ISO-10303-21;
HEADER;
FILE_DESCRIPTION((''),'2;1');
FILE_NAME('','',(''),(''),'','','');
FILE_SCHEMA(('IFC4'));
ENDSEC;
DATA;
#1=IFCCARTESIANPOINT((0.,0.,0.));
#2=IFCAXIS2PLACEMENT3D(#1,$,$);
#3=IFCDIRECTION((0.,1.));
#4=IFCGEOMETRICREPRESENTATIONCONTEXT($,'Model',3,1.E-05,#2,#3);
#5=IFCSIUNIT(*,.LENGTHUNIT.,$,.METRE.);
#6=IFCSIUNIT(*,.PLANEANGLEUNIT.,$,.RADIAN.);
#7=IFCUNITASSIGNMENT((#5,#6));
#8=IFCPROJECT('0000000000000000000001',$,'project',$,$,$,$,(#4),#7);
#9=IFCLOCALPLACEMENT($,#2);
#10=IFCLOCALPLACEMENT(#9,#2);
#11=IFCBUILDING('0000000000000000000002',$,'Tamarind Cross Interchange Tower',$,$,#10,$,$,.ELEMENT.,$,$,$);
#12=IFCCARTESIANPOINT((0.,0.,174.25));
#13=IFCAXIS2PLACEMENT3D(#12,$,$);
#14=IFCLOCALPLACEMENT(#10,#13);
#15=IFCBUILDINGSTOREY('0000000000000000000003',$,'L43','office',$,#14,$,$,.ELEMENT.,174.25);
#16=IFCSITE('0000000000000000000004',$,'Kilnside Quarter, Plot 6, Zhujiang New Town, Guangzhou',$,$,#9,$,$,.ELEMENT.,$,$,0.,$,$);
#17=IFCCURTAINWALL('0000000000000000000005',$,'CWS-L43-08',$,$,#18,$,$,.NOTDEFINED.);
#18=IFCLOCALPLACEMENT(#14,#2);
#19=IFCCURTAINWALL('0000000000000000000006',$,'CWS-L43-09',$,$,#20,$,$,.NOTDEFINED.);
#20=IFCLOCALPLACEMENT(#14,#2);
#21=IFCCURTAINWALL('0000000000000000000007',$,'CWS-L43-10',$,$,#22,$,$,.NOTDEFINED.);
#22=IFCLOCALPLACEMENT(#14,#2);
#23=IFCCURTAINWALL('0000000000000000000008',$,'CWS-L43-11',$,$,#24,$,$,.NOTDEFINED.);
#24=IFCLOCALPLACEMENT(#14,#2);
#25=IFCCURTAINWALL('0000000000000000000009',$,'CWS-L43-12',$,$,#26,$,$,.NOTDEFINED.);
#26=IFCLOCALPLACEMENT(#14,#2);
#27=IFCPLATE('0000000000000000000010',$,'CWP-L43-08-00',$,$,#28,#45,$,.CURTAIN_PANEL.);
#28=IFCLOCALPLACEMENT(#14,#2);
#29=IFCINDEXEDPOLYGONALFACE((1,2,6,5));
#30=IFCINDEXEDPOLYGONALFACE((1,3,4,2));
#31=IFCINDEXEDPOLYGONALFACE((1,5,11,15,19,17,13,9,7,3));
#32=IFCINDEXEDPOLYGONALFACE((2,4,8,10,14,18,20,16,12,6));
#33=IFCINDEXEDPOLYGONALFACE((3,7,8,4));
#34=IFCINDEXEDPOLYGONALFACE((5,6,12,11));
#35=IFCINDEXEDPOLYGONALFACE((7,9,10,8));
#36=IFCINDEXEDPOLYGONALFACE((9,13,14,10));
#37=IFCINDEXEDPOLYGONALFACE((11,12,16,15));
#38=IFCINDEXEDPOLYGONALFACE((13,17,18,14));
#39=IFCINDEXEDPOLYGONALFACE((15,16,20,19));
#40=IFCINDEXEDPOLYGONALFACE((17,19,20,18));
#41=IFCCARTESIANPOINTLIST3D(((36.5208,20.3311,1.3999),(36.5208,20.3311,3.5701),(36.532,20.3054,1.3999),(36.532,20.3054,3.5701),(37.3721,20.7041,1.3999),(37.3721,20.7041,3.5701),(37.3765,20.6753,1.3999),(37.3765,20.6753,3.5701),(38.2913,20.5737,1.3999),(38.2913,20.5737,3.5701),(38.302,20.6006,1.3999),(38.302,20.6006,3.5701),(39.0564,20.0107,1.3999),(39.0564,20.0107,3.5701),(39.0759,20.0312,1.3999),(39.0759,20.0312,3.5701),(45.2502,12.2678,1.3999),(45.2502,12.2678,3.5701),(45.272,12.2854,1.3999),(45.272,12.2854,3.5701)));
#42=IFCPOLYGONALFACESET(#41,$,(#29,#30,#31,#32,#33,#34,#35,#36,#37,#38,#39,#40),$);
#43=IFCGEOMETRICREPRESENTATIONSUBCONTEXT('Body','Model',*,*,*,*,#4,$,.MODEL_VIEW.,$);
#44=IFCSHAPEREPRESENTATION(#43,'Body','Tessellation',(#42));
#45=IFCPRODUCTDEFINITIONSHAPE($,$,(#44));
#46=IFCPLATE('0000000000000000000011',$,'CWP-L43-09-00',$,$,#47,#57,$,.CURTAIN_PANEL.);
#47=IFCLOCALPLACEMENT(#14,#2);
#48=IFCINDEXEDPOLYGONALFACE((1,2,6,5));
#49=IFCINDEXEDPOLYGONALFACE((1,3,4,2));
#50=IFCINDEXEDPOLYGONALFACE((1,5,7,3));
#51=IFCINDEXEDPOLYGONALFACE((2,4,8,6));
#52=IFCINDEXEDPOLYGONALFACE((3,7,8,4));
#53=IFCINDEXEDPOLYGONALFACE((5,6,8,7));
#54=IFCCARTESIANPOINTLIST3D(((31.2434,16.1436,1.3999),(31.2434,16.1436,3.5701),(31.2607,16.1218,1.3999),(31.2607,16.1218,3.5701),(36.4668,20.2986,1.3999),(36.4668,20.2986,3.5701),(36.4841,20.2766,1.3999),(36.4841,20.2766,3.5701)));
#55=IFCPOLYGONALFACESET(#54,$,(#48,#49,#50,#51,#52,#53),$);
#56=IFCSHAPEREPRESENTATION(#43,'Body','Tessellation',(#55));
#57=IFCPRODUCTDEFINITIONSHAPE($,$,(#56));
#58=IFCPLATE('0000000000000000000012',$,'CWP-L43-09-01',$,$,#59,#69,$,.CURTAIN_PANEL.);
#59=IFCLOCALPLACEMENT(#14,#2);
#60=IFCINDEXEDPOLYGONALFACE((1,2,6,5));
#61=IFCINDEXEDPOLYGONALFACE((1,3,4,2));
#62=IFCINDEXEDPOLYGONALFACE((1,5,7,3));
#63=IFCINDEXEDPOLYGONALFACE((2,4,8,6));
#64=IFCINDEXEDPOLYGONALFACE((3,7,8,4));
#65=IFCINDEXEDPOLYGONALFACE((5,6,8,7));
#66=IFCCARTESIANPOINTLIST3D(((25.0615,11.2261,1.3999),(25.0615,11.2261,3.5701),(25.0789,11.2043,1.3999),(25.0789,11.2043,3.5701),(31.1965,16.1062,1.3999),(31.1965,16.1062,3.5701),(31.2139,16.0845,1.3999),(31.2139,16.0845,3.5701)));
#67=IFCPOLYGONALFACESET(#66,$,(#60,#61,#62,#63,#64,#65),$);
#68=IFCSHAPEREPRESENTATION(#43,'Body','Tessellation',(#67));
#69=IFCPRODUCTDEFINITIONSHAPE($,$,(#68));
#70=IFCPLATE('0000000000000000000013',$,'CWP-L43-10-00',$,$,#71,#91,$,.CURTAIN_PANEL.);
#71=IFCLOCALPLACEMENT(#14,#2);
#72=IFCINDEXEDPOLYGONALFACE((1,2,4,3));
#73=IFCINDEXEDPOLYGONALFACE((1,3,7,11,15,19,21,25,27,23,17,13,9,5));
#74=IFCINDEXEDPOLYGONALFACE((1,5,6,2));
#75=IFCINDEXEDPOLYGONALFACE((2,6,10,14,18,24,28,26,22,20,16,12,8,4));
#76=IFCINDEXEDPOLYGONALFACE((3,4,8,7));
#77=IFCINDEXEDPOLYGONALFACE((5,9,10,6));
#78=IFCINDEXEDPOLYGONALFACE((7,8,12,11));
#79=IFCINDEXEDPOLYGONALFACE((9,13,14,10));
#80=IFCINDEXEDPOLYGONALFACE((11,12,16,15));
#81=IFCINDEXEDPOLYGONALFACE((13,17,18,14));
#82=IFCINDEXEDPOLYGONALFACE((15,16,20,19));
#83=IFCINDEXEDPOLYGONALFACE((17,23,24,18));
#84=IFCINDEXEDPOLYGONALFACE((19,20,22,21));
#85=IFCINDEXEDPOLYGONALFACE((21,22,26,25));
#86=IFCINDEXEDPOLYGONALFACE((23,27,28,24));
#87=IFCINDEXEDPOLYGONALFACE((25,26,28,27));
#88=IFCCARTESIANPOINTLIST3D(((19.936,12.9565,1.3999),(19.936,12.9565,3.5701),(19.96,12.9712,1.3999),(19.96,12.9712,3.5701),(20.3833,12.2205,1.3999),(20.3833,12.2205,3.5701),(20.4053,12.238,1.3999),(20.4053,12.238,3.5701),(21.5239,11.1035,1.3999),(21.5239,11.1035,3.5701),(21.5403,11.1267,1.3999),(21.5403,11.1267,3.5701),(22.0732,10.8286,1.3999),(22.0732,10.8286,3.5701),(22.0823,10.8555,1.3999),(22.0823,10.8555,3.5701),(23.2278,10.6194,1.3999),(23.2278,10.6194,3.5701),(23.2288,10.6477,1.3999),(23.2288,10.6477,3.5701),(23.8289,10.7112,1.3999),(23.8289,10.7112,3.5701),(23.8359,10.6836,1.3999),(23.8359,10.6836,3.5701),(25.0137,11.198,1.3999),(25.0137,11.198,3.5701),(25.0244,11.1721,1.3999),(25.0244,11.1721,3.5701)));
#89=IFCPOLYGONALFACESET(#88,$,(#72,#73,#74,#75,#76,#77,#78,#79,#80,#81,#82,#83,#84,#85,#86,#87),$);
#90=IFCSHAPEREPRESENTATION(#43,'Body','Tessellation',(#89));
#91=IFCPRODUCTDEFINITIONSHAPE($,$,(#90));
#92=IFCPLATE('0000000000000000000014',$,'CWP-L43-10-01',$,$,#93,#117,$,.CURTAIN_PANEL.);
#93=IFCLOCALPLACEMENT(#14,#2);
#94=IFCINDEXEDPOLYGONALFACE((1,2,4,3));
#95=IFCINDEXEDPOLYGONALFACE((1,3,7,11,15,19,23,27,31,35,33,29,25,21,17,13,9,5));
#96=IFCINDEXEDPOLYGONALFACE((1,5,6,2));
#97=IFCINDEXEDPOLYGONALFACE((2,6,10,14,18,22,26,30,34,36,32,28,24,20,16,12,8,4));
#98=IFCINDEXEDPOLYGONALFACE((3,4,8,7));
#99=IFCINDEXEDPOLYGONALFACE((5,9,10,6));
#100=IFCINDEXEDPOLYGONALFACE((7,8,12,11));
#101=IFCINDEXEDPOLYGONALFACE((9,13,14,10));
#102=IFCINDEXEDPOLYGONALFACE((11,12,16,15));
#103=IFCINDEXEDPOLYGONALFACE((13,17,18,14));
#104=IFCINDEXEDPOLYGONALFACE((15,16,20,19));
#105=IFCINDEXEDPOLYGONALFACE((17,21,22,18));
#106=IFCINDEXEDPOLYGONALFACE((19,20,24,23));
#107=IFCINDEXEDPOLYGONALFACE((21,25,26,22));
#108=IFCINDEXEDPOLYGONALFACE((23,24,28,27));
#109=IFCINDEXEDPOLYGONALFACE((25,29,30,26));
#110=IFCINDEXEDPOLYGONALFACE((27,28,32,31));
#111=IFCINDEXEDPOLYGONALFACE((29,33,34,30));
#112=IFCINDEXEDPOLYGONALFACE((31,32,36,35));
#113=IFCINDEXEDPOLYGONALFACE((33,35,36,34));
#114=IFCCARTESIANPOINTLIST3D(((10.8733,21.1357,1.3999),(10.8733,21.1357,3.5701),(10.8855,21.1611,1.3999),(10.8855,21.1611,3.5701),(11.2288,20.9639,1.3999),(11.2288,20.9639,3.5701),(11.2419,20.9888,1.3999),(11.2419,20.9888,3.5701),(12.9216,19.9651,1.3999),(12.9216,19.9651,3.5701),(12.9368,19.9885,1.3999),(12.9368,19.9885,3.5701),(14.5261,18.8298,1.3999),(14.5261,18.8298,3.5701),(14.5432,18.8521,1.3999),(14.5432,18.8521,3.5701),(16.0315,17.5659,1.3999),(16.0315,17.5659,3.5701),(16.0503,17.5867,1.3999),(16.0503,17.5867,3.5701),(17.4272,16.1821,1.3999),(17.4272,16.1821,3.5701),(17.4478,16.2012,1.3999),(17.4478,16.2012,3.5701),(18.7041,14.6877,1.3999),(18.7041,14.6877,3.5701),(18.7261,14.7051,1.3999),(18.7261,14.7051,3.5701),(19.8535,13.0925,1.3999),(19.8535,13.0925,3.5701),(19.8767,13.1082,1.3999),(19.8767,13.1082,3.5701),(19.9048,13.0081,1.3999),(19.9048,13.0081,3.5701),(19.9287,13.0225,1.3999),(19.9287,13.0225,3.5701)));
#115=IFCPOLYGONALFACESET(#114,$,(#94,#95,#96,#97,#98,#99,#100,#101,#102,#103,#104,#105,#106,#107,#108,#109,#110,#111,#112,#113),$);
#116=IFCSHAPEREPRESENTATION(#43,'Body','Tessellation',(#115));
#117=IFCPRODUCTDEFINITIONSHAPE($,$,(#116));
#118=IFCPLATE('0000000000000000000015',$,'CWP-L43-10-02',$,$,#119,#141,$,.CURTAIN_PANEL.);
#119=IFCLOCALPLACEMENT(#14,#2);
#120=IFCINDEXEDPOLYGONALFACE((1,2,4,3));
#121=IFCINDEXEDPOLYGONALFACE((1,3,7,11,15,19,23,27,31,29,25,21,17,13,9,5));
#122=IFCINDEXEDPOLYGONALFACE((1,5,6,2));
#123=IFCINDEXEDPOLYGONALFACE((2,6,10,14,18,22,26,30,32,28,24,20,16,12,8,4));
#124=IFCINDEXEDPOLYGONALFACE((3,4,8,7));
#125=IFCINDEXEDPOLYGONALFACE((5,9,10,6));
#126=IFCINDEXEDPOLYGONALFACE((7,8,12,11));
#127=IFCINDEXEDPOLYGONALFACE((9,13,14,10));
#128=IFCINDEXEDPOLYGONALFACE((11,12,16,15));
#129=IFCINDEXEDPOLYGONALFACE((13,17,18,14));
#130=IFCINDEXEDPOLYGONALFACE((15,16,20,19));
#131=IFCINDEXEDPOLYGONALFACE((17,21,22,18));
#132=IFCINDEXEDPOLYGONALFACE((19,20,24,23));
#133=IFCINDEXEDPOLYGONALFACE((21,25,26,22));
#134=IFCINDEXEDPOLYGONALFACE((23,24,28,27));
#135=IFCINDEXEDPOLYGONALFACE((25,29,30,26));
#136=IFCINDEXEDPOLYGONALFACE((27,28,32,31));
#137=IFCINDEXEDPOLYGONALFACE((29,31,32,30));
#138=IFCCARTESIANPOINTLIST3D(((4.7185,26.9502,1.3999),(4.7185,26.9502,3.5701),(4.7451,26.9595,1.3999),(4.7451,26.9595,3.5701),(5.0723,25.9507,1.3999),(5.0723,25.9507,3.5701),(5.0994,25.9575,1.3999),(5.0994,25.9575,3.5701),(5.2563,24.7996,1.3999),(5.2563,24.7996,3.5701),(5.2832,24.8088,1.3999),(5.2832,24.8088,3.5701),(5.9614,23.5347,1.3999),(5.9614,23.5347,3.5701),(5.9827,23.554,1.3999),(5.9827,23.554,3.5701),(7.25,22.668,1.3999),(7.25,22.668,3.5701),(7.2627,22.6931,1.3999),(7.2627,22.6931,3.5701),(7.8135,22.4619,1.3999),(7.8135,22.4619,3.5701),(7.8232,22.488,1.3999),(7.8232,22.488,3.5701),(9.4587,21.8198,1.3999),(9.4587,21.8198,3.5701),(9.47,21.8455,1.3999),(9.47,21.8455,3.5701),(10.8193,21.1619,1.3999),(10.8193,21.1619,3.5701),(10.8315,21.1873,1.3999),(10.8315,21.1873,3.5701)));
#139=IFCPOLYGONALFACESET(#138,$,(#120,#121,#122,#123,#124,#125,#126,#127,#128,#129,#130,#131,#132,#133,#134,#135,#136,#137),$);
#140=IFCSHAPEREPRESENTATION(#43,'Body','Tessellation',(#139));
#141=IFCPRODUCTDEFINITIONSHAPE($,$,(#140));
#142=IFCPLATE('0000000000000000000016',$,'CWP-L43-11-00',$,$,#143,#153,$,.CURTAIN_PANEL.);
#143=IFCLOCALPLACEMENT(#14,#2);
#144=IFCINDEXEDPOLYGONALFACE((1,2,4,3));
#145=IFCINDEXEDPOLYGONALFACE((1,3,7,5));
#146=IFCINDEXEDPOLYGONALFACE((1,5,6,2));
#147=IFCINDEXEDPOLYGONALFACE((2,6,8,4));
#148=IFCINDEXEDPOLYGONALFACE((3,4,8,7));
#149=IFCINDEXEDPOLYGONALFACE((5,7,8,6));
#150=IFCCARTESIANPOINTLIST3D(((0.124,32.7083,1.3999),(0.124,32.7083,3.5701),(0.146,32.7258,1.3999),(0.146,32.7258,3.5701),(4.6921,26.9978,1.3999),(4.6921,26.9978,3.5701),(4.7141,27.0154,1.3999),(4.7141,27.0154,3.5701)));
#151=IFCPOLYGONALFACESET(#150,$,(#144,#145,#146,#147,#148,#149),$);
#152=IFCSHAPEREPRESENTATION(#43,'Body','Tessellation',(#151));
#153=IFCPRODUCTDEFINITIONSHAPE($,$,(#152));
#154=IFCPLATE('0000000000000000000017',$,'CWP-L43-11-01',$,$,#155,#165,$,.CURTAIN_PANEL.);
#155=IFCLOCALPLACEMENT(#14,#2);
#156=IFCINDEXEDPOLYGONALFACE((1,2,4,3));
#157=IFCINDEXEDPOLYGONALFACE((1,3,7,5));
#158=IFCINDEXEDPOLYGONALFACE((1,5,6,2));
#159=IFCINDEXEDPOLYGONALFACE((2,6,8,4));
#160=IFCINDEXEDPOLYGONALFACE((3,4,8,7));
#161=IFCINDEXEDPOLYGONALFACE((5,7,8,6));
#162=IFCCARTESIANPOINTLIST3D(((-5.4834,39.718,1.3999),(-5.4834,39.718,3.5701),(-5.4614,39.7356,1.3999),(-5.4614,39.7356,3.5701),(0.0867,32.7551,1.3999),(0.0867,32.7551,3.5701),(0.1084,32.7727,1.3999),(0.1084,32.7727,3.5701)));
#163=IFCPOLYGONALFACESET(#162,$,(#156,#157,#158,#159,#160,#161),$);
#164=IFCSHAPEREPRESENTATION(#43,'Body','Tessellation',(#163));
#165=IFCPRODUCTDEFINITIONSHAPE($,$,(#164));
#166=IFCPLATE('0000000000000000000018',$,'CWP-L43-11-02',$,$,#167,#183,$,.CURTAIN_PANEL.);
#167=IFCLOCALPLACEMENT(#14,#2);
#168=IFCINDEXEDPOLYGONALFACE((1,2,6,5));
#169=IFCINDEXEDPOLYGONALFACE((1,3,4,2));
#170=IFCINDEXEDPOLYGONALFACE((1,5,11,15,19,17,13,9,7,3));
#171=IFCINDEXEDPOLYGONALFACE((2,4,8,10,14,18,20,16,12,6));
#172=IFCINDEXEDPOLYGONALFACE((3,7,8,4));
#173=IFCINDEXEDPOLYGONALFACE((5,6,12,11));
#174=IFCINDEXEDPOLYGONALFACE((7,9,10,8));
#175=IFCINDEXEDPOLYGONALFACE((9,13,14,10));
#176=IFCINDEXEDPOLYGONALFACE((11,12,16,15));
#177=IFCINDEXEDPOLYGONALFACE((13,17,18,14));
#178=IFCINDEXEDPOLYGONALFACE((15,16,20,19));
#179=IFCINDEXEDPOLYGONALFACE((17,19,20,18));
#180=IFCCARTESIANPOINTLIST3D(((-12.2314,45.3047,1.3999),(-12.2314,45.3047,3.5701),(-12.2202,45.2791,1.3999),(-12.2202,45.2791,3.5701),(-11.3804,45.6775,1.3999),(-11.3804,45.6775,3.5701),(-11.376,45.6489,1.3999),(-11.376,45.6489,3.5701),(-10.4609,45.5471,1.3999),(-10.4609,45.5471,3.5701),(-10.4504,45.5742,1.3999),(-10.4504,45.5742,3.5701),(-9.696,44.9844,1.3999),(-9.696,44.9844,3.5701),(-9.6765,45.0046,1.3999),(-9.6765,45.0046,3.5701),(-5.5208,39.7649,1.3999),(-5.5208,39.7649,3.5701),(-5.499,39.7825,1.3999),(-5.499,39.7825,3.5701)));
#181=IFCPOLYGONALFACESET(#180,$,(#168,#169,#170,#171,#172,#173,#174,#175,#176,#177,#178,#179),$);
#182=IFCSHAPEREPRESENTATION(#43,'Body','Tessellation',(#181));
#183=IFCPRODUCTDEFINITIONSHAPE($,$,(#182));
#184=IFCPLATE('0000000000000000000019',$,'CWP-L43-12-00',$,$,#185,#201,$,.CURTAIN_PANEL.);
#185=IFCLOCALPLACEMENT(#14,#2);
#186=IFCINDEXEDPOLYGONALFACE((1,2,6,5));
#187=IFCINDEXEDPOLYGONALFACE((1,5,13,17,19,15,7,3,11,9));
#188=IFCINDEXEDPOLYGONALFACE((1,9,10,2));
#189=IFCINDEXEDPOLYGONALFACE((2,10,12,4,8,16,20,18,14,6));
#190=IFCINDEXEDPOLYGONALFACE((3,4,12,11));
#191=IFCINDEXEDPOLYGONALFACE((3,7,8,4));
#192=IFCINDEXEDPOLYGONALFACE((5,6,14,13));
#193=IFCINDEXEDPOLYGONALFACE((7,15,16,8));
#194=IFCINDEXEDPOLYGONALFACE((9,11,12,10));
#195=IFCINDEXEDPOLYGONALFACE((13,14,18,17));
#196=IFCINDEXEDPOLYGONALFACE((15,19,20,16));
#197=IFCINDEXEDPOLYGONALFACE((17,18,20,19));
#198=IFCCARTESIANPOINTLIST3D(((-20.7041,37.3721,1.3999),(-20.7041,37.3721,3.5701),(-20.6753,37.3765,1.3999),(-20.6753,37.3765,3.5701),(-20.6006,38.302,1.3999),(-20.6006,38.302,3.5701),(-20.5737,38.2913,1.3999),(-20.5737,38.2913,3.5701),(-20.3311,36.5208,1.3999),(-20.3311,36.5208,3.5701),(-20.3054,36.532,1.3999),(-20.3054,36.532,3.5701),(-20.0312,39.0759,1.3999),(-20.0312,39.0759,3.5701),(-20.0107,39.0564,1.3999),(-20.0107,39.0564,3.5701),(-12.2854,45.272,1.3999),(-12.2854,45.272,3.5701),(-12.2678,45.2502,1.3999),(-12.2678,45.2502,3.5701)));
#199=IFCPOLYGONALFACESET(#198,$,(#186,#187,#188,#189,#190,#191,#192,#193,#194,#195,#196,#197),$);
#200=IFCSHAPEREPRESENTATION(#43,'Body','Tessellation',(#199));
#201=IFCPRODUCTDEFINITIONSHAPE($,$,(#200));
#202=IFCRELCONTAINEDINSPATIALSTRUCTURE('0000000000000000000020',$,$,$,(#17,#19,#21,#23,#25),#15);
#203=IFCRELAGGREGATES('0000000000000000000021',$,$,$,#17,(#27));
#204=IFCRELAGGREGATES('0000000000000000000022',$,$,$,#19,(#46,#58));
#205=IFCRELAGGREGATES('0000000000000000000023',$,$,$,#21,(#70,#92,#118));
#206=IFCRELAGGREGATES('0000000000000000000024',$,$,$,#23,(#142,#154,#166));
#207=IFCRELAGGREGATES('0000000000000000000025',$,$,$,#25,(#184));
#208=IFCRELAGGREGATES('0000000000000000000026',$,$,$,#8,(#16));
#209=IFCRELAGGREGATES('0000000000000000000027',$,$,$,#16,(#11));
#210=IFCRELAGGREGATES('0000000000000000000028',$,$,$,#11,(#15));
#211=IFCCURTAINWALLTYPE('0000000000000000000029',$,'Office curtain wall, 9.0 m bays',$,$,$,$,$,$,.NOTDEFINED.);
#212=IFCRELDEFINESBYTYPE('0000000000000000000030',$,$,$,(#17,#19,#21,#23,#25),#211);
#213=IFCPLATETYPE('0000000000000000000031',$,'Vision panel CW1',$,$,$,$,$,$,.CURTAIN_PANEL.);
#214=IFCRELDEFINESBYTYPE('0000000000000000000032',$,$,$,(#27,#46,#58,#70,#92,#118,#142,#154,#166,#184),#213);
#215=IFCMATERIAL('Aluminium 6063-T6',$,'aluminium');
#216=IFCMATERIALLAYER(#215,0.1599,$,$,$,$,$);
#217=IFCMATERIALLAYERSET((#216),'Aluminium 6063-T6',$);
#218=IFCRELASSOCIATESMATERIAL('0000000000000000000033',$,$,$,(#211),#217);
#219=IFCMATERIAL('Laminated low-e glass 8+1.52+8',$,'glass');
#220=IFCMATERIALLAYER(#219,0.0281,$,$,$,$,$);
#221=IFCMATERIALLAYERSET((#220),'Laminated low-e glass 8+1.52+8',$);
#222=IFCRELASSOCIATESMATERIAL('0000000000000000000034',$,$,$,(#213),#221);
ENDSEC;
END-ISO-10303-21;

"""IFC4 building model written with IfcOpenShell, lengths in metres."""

from ifc_helpers import new_model, si_unit, direction, frame, origin, place, context, subcontext, project, spatial, polyline, outline, extrude, material, layer, layer_set, type_object, element, aggregate, save


model = new_model("IFC4")

# Units and contexts
model_context = context("Model", 3, precision=1e-05, world=origin(), true_north=direction((0.0, 1.0)))
body_context = subcontext(model_context, "Body", "Model", "MODEL_VIEW")
ifc_project = project(units=[si_unit("LENGTHUNIT", "METRE"), si_unit("PLANEANGLEUNIT", "RADIAN")], contexts=[model_context])

# Site, building, storey
site_placement = place(None, origin())
site = spatial("IfcSite", under=ifc_project, at=site_placement, Name="Kilnside Quarter, Plot 6, Zhujiang New Town, Guangzhou", CompositionType="ELEMENT", RefElevation=0.0)
building_placement = place(site_placement, origin())
building = spatial("IfcBuilding", under=site, at=building_placement, Name="Tamarind Cross Interchange Tower", CompositionType="ELEMENT")
storey_placement = place(building_placement, frame((0.0, 0.0, 174.25)))
storey = spatial("IfcBuildingStorey", under=building, at=storey_placement, Name="L43", Description="office", CompositionType="ELEMENT", Elevation=174.25)

# Curtain walls
ifc_material_1 = material(Name="Aluminium 6063-T6", Category="aluminium")
ifc_layer_1 = layer(ifc_material_1, 0.1599)
ifc_layer_set_1 = layer_set([ifc_layer_1], Name="Aluminium 6063-T6")
curtain_wall_type = type_object("IfcCurtainWallType", Name="Office curtain wall, 9.0 m bays", PredefinedType="NOTDEFINED", material=ifc_layer_set_1)
curtain_wall_1_placement = place(storey_placement, origin())
curtain_wall_1 = element("IfcCurtainWall", 1, at=curtain_wall_1_placement, inside=storey, type_object=curtain_wall_type, Name="CWS-L43-08", PredefinedType="NOTDEFINED")
curtain_wall_2_placement = place(storey_placement, origin())
curtain_wall_2 = element("IfcCurtainWall", 2, at=curtain_wall_2_placement, inside=storey, type_object=curtain_wall_type, Name="CWS-L43-09", PredefinedType="NOTDEFINED")
curtain_wall_3_placement = place(storey_placement, origin())
curtain_wall_3 = element("IfcCurtainWall", 3, at=curtain_wall_3_placement, inside=storey, type_object=curtain_wall_type, Name="CWS-L43-10", PredefinedType="NOTDEFINED")
curtain_wall_4_placement = place(storey_placement, origin())
curtain_wall_4 = element("IfcCurtainWall", 4, at=curtain_wall_4_placement, inside=storey, type_object=curtain_wall_type, Name="CWS-L43-11", PredefinedType="NOTDEFINED")
curtain_wall_5_placement = place(storey_placement, origin())
curtain_wall_5 = element("IfcCurtainWall", 5, at=curtain_wall_5_placement, inside=storey, type_object=curtain_wall_type, Name="CWS-L43-12", PredefinedType="NOTDEFINED")

# Plates
ifc_material_2 = material(Name="Laminated low-e glass 8+1.52+8", Category="glass")
ifc_layer_2 = layer(ifc_material_2, 0.0281)
ifc_layer_set_2 = layer_set([ifc_layer_2], Name="Laminated low-e glass 8+1.52+8")
plate_type = type_object("IfcPlateType", Name="Vision panel CW1", PredefinedType="CURTAIN_PANEL", material=ifc_layer_set_2)
plate_1_placement = place(storey_placement, frame((0.0, 0.0, 1.3999)))
plate_1 = element("IfcPlate", 6, at=plate_1_placement, type_object=plate_type, Name="CWP-L43-08-00", PredefinedType="CURTAIN_PANEL", context=body_context, shape_type="SweptSolid", body=[
    extrude(outline(polyline([(45.2502, 12.2678), (39.0564, 20.0107), (38.2913, 20.5737), (37.3765, 20.6753), (36.532, 20.3054), (36.5208, 20.3311), (37.3721, 20.7041), (38.302, 20.6006), (39.0759, 20.0312), (45.272, 12.2854), (45.2502, 12.2678)])), origin(), (0.0, 0.0, 1.0), 2.1702),
])
aggregate(curtain_wall_1, [plate_1])
plate_2_placement = place(storey_placement, frame((0.0, 0.0, 1.3999)))
plate_2 = element("IfcPlate", 7, at=plate_2_placement, type_object=plate_type, Name="CWP-L43-09-00", PredefinedType="CURTAIN_PANEL", context=body_context, shape_type="SweptSolid", body=[
    extrude(outline(polyline([(36.4841, 20.2766), (31.2607, 16.1218), (31.2434, 16.1436), (36.4668, 20.2986), (36.4841, 20.2766)])), origin(), (0.0, 0.0, 1.0), 2.1702),
])
plate_3_placement = place(storey_placement, frame((0.0, 0.0, 1.3999)))
plate_3 = element("IfcPlate", 8, at=plate_3_placement, type_object=plate_type, Name="CWP-L43-09-01", PredefinedType="CURTAIN_PANEL", context=body_context, shape_type="SweptSolid", body=[
    extrude(outline(polyline([(31.2139, 16.0845), (25.0789, 11.2043), (25.0615, 11.2261), (31.1965, 16.1062), (31.2139, 16.0845)])), origin(), (0.0, 0.0, 1.0), 2.1702),
])
aggregate(curtain_wall_2, [plate_2, plate_3])
plate_4_placement = place(storey_placement, frame((0.0, 0.0, 1.3999)))
plate_4 = element("IfcPlate", 9, at=plate_4_placement, type_object=plate_type, Name="CWP-L43-10-00", PredefinedType="CURTAIN_PANEL", context=body_context, shape_type="SweptSolid", body=[
    extrude(outline(polyline([(25.0244, 11.1721), (23.8359, 10.6836), (23.2278, 10.6194), (22.0732, 10.8286), (21.5239, 11.1035), (20.3833, 12.2205), (19.936, 12.9565), (19.96, 12.9712), (20.4053, 12.238), (21.5403, 11.1267), (22.0823, 10.8555), (23.2288, 10.6477), (23.8289, 10.7112), (25.0137, 11.198), (25.0244, 11.1721)])), origin(), (0.0, 0.0, 1.0), 2.1702),
])
plate_5_placement = place(storey_placement, frame((0.0, 0.0, 1.3999)))
plate_5 = element("IfcPlate", 10, at=plate_5_placement, type_object=plate_type, Name="CWP-L43-10-01", PredefinedType="CURTAIN_PANEL", context=body_context, shape_type="SweptSolid", body=[
    extrude(outline(polyline([(19.9048, 13.0081), (19.8535, 13.0925), (18.7041, 14.6877), (17.4272, 16.1821), (16.0315, 17.5659), (14.5261, 18.8298), (12.9216, 19.9651), (11.2288, 20.9639), (10.8733, 21.1357), (10.8855, 21.1611), (11.2419, 20.9888), (12.9368, 19.9885), (14.5432, 18.8521), (16.0503, 17.5867), (17.4478, 16.2012), (18.7261, 14.7051), (19.8767, 13.1082), (19.9287, 13.0225), (19.9048, 13.0081)])), origin(), (0.0, 0.0, 1.0), 2.1702),
])
plate_6_placement = place(storey_placement, frame((0.0, 0.0, 1.3999)))
plate_6 = element("IfcPlate", 11, at=plate_6_placement, type_object=plate_type, Name="CWP-L43-10-02", PredefinedType="CURTAIN_PANEL", context=body_context, shape_type="SweptSolid", body=[
    extrude(outline(polyline([(10.8193, 21.1619), (9.4587, 21.8198), (7.8135, 22.4619), (7.25, 22.668), (5.9614, 23.5347), (5.2563, 24.7996), (5.0723, 25.9507), (4.7185, 26.9502), (4.7451, 26.9595), (5.0994, 25.9575), (5.2832, 24.8088), (5.9827, 23.554), (7.2627, 22.6931), (7.8232, 22.488), (9.47, 21.8455), (10.8315, 21.1873), (10.8193, 21.1619)])), origin(), (0.0, 0.0, 1.0), 2.1702),
])
aggregate(curtain_wall_3, [plate_4, plate_5, plate_6])
plate_7_placement = place(storey_placement, frame((0.0, 0.0, 1.3999)))
plate_7 = element("IfcPlate", 12, at=plate_7_placement, type_object=plate_type, Name="CWP-L43-11-00", PredefinedType="CURTAIN_PANEL", context=body_context, shape_type="SweptSolid", body=[
    extrude(outline(polyline([(4.6921, 26.9978), (0.124, 32.7083), (0.146, 32.7258), (4.7141, 27.0154), (4.6921, 26.9978)])), origin(), (0.0, 0.0, 1.0), 2.1702),
])
plate_8_placement = place(storey_placement, frame((0.0, 0.0, 1.3999)))
plate_8 = element("IfcPlate", 13, at=plate_8_placement, type_object=plate_type, Name="CWP-L43-11-01", PredefinedType="CURTAIN_PANEL", context=body_context, shape_type="SweptSolid", body=[
    extrude(outline(polyline([(0.0867, 32.7551), (-5.4834, 39.718), (-5.4614, 39.7356), (0.1084, 32.7727), (0.0867, 32.7551)])), origin(), (0.0, 0.0, 1.0), 2.1702),
])
plate_9_placement = place(storey_placement, frame((0.0, 0.0, 1.3999)))
plate_9 = element("IfcPlate", 14, at=plate_9_placement, type_object=plate_type, Name="CWP-L43-11-02", PredefinedType="CURTAIN_PANEL", context=body_context, shape_type="SweptSolid", body=[
    extrude(outline(polyline([(-5.5208, 39.7649), (-9.696, 44.9844), (-10.4609, 45.5471), (-11.376, 45.6489), (-12.2202, 45.2791), (-12.2314, 45.3047), (-11.3804, 45.6775), (-10.4504, 45.5742), (-9.6765, 45.0046), (-5.499, 39.7825), (-5.5208, 39.7649)])), origin(), (0.0, 0.0, 1.0), 2.1702),
])
aggregate(curtain_wall_4, [plate_7, plate_8, plate_9])
plate_10_placement = place(storey_placement, frame((0.0, 0.0, 1.3999)))
plate_10 = element("IfcPlate", 15, at=plate_10_placement, type_object=plate_type, Name="CWP-L43-12-00", PredefinedType="CURTAIN_PANEL", context=body_context, shape_type="SweptSolid", body=[
    extrude(outline(polyline([(-12.2678, 45.2502), (-20.0107, 39.0564), (-20.5737, 38.2913), (-20.6753, 37.3765), (-20.3054, 36.532), (-20.3311, 36.5208), (-20.7041, 37.3721), (-20.6006, 38.302), (-20.0312, 39.0759), (-12.2854, 45.272), (-12.2678, 45.2502)])), origin(), (0.0, 0.0, 1.0), 2.1702),
])
aggregate(curtain_wall_5, [plate_10])

save(model, "model.ifc")
